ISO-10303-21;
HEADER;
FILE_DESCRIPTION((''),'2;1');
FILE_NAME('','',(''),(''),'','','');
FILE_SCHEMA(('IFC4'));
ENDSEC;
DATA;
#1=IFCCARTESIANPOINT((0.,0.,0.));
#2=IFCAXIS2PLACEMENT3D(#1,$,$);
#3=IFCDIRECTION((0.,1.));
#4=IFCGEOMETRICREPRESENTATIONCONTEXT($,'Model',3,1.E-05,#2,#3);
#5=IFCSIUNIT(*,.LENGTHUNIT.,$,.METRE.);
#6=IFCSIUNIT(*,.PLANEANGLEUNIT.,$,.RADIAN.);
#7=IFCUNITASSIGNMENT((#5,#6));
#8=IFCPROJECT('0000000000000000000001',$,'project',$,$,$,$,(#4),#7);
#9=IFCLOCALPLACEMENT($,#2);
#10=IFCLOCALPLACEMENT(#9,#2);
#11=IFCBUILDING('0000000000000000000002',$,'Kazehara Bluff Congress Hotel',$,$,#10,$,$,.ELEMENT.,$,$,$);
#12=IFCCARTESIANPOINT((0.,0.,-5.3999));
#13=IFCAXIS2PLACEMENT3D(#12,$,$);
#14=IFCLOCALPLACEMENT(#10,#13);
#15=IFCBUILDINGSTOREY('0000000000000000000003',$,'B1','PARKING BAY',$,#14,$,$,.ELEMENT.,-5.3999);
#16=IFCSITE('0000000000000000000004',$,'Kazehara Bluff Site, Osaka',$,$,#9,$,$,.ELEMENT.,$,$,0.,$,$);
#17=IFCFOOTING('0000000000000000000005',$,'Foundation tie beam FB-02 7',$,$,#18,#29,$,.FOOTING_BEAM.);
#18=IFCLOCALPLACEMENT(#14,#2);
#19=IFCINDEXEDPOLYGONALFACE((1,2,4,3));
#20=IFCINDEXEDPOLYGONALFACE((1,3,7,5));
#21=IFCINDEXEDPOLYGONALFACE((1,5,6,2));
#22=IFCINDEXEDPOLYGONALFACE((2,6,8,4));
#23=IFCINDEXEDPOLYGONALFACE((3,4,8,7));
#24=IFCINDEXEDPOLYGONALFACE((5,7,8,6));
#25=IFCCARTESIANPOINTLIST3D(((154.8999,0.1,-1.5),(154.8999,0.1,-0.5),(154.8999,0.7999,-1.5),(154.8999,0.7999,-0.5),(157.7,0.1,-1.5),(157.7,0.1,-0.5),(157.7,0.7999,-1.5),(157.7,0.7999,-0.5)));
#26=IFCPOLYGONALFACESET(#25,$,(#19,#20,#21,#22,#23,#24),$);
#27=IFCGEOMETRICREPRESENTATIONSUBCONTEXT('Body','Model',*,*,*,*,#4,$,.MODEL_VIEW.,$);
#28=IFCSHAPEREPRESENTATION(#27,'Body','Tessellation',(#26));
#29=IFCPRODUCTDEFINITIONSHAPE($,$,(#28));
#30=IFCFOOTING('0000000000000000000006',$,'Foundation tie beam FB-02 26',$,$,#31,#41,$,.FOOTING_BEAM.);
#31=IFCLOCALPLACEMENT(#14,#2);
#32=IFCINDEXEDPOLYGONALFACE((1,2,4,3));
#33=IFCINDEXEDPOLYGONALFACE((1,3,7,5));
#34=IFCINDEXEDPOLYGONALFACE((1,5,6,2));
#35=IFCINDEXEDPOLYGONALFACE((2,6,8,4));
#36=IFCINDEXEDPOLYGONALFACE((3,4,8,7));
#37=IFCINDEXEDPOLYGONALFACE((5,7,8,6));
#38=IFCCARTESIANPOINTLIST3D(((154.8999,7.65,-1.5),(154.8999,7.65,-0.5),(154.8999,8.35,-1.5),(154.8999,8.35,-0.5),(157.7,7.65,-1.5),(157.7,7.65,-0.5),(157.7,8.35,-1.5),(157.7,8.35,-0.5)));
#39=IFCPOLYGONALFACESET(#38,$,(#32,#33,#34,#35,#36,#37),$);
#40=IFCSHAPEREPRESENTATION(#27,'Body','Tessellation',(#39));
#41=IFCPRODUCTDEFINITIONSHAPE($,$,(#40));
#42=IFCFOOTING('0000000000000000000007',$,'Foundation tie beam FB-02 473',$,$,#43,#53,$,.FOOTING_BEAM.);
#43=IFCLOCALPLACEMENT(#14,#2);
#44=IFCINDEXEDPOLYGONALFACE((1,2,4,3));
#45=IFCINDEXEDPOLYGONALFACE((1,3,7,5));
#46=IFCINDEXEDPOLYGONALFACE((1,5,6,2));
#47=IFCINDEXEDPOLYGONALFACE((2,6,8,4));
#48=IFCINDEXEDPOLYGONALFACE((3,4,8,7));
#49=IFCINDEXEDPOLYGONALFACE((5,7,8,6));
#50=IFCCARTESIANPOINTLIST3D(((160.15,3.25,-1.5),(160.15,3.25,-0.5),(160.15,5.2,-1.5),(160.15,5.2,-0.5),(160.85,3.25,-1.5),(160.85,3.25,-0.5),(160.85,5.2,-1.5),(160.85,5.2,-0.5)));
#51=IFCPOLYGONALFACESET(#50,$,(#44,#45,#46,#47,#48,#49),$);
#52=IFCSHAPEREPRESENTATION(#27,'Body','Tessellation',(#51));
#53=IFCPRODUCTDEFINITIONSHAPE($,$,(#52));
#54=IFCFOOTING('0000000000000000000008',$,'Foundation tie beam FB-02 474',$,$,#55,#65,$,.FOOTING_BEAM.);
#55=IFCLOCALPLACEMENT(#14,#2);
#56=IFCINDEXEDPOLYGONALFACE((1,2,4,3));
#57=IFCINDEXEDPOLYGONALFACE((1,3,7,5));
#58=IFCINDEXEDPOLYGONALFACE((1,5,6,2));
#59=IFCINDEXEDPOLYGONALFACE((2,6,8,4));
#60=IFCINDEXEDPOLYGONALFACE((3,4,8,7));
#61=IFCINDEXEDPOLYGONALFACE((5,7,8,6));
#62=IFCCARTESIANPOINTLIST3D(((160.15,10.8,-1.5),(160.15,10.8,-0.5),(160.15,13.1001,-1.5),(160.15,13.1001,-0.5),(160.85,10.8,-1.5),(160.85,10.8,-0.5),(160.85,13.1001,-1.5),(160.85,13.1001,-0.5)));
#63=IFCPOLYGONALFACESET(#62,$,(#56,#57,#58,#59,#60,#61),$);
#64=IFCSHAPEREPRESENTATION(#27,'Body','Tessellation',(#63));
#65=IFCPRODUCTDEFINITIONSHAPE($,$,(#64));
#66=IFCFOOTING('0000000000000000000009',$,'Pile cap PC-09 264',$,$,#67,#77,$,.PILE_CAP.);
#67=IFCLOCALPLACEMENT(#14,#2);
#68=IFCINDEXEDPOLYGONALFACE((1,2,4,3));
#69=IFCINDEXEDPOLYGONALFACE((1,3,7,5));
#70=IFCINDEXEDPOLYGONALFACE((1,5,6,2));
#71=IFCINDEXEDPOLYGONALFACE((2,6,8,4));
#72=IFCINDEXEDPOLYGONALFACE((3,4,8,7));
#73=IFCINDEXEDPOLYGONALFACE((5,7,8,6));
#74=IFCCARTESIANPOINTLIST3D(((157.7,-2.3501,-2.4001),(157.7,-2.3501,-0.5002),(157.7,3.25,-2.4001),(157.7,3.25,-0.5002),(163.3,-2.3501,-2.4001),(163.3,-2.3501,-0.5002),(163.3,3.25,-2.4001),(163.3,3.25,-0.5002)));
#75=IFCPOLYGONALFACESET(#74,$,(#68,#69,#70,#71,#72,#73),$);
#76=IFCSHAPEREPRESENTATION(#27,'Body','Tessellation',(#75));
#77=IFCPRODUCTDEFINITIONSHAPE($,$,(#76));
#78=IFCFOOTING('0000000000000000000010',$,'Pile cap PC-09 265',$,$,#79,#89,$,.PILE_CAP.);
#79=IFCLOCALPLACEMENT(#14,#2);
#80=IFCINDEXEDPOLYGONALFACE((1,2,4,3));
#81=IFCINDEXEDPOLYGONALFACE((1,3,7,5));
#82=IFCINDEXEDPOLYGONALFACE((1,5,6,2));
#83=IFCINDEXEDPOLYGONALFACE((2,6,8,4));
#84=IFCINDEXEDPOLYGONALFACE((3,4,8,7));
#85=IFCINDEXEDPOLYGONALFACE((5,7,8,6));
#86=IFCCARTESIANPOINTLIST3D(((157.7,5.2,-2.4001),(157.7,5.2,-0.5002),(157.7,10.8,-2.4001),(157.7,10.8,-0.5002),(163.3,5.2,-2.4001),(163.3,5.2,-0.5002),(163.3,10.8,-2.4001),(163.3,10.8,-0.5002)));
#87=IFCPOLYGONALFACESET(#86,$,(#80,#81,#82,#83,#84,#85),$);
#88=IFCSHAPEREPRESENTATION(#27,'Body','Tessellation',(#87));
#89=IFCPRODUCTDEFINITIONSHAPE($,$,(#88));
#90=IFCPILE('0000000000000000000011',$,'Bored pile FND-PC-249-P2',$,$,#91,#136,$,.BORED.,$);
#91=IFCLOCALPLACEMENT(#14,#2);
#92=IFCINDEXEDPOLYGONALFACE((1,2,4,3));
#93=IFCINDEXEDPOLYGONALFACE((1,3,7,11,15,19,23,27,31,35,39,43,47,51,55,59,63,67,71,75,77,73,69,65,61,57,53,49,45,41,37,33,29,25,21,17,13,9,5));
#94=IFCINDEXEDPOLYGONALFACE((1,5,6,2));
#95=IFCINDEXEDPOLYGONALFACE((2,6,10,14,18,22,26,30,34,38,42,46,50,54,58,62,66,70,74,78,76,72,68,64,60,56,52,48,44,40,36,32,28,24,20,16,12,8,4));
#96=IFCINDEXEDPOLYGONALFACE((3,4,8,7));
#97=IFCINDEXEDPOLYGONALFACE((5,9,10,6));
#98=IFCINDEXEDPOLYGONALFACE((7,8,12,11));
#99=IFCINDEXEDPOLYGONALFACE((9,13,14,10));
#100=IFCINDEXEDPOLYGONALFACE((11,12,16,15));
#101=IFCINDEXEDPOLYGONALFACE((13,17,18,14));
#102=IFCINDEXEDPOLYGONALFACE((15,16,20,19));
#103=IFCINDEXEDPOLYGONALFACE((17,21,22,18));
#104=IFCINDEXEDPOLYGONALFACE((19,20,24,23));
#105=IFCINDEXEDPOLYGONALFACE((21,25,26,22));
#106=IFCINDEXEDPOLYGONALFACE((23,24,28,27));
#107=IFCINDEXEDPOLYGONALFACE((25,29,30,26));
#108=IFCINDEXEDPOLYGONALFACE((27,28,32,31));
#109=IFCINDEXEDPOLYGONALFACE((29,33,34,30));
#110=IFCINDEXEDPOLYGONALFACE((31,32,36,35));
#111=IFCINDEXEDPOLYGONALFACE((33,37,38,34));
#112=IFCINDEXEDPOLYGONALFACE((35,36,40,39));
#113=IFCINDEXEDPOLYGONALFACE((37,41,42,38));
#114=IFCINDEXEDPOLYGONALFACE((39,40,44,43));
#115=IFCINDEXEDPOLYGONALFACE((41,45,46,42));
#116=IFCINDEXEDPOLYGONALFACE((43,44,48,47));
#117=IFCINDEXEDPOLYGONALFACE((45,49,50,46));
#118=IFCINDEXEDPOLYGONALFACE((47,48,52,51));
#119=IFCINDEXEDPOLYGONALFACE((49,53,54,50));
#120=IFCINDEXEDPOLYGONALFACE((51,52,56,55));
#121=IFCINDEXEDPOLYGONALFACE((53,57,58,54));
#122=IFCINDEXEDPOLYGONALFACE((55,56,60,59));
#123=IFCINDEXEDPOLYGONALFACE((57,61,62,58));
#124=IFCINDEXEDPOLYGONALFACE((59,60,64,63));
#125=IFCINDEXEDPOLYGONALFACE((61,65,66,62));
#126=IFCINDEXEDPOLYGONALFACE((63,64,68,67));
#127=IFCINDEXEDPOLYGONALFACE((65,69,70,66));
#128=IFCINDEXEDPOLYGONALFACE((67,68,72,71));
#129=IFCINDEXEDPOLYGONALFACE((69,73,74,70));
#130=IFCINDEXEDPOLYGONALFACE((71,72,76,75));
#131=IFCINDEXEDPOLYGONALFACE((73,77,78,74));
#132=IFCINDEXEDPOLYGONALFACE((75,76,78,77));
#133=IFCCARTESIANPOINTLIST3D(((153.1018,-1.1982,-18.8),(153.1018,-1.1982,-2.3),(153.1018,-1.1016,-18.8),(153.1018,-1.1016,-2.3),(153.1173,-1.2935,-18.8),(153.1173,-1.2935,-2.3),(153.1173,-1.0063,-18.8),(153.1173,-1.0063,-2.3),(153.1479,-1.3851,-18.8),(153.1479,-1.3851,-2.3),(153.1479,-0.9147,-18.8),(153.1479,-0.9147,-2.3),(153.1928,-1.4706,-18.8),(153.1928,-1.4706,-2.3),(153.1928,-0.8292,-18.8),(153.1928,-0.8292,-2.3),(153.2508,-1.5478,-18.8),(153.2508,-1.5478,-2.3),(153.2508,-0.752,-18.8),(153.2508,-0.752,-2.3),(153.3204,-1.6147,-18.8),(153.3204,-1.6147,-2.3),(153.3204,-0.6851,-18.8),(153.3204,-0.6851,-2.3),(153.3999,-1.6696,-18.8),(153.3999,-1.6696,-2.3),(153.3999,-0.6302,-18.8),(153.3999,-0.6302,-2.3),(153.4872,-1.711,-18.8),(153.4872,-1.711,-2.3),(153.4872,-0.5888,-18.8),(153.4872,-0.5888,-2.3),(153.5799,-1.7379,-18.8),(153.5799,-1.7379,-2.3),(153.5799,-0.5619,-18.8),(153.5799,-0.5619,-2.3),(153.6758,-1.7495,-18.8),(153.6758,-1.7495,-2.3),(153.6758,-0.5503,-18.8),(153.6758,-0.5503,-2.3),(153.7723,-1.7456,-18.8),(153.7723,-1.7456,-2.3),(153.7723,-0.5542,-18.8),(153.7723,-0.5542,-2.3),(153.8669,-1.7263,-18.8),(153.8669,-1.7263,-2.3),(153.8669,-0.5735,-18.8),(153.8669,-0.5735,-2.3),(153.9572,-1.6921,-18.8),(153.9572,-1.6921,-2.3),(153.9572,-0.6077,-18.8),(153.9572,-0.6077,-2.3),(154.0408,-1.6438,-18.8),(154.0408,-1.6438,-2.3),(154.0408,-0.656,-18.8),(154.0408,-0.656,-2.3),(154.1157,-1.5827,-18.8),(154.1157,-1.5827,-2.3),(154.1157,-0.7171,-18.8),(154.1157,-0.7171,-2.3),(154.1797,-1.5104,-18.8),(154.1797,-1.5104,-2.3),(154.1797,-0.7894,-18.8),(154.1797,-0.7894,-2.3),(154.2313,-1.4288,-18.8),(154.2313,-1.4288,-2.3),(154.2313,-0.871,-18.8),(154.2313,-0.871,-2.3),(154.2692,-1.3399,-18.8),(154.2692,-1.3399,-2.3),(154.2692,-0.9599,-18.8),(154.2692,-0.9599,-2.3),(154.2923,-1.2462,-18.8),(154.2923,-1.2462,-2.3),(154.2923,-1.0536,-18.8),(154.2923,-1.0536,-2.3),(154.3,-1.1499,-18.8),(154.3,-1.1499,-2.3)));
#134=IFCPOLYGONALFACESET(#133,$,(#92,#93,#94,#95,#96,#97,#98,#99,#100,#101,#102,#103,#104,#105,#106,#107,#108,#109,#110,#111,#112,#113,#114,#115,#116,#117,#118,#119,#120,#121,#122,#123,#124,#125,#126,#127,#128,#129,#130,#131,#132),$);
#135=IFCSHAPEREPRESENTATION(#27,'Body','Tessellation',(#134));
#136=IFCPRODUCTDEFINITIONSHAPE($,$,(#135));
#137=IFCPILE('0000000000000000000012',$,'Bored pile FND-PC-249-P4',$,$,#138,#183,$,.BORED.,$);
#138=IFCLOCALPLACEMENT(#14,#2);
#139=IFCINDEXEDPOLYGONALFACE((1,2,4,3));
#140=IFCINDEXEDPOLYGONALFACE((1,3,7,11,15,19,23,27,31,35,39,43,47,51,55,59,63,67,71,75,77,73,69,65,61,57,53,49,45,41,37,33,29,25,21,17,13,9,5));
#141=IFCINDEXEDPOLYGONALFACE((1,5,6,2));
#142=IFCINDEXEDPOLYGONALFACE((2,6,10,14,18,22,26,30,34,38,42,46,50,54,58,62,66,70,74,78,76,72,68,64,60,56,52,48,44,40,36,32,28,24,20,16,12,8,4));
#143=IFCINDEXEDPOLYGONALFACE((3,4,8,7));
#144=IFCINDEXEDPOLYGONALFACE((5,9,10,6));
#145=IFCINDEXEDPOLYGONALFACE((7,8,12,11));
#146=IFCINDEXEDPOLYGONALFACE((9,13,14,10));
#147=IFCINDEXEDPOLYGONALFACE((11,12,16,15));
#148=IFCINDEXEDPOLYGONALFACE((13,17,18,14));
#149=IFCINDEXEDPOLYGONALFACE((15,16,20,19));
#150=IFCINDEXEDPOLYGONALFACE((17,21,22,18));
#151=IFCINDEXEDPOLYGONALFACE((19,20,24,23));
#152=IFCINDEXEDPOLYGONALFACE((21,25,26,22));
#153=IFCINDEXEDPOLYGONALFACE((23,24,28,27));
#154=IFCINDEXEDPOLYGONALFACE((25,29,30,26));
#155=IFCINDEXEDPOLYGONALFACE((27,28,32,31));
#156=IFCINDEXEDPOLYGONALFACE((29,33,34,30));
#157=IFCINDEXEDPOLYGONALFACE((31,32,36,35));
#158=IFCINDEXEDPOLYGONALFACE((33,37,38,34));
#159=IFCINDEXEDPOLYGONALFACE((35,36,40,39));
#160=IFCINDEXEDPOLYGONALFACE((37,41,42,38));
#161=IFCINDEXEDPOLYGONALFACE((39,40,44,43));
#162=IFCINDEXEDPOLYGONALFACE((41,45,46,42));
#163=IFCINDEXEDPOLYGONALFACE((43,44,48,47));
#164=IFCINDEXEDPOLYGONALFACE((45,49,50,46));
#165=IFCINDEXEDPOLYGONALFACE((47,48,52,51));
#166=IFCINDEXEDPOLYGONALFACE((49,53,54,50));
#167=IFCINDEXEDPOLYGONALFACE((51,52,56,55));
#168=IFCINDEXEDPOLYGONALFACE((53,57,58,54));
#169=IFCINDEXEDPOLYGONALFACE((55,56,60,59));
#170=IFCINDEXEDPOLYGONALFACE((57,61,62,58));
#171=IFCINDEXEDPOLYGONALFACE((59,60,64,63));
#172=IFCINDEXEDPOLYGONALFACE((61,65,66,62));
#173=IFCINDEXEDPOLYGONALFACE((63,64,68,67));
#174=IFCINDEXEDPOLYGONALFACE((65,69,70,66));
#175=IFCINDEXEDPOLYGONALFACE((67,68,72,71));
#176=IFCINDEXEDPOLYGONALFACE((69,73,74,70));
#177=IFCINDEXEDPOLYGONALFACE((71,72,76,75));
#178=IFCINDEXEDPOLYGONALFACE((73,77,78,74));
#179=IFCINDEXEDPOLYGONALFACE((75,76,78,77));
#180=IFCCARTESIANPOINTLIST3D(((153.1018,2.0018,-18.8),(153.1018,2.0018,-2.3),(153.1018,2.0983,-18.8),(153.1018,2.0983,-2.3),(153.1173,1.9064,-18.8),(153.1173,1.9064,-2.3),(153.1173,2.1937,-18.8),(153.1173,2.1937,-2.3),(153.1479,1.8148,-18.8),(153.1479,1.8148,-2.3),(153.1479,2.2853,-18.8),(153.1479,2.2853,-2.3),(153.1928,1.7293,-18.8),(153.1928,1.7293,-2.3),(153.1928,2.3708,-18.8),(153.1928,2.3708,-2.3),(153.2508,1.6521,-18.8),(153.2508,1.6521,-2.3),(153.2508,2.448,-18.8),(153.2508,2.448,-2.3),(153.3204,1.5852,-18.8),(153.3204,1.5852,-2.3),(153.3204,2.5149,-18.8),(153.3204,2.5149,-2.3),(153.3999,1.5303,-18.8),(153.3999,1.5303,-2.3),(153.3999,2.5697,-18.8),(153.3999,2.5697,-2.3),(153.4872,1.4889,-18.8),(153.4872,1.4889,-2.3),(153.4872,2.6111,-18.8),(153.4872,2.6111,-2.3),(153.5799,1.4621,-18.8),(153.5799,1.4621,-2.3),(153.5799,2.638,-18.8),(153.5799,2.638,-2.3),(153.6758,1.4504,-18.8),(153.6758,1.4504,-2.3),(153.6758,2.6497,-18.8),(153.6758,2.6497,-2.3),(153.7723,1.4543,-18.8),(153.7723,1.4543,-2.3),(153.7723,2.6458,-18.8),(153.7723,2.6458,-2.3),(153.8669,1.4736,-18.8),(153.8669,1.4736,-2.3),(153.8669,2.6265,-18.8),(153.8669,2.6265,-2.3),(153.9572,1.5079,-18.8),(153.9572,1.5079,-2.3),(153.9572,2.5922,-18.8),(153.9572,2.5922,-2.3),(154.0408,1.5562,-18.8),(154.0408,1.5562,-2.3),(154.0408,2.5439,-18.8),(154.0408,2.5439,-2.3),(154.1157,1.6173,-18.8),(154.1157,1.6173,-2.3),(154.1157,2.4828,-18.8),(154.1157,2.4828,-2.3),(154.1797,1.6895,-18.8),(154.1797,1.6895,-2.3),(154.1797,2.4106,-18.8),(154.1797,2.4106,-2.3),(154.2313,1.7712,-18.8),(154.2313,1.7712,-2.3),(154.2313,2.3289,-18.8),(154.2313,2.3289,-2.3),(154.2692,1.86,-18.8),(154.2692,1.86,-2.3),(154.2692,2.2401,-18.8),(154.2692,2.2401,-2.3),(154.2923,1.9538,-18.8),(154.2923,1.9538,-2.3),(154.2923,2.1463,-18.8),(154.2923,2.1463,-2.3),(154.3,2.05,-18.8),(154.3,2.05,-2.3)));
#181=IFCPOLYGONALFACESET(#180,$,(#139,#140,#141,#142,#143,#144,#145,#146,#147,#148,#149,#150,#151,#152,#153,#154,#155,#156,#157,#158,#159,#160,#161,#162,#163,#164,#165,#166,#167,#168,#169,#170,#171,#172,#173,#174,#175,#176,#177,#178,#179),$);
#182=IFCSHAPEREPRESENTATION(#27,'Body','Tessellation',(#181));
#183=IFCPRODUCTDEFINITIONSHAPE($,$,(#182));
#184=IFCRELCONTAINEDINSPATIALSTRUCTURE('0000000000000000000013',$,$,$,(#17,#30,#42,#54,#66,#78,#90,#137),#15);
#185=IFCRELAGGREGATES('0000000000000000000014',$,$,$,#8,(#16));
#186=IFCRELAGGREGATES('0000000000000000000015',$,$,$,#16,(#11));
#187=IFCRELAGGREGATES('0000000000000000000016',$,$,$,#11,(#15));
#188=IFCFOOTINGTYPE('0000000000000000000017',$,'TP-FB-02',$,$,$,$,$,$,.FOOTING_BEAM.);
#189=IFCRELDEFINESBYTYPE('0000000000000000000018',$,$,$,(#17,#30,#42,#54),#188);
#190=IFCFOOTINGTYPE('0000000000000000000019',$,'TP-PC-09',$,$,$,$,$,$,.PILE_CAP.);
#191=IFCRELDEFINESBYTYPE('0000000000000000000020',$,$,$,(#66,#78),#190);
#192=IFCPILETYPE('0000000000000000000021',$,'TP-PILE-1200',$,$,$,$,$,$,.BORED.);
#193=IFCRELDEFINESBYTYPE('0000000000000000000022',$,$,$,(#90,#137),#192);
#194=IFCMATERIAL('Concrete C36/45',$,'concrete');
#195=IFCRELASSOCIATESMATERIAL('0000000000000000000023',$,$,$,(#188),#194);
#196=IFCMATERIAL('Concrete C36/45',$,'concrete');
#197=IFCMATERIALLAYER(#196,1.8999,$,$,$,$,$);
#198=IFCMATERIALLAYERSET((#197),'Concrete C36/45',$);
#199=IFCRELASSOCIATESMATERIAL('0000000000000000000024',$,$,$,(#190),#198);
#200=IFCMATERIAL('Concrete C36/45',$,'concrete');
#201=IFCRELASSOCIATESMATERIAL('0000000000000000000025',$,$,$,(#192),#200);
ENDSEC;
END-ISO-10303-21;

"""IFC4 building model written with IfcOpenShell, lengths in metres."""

from ifc_helpers import new_model, si_unit, direction, frame, origin, origin_2d, place, context, subcontext, project, spatial, rectangle, circle, extrude, material, layer, layer_set, material_profile, profile_set, type_object, element, save


model = new_model("IFC4")

# Units and contexts
model_context = context("Model", 3, precision=1e-05, world=origin(), true_north=direction((0.0, 1.0)))
body_context = subcontext(model_context, "Body", "Model", "MODEL_VIEW")
ifc_project = project(units=[si_unit("LENGTHUNIT", "METRE"), si_unit("PLANEANGLEUNIT", "RADIAN")], contexts=[model_context])

# Site, building, storey
site_placement = place(None, origin())
site = spatial("IfcSite", under=ifc_project, at=site_placement, Name="Kazehara Bluff Site, Osaka", CompositionType="ELEMENT", RefElevation=0.0)
building_placement = place(site_placement, origin())
building = spatial("IfcBuilding", under=site, at=building_placement, Name="Kazehara Bluff Congress Hotel", CompositionType="ELEMENT")
storey_placement = place(building_placement, frame((0.0, 0.0, -5.3999)))
storey = spatial("IfcBuildingStorey", under=building, at=storey_placement, Name="B1", Description="PARKING BAY", CompositionType="ELEMENT", Elevation=-5.3999)

# Footings
ifc_material_1 = material(Name="Concrete C36/45", Category="concrete")
ifc_material_profile_1 = material_profile(ifc_material_1, rectangle(XDim=0.7, YDim=1.0, at=origin_2d()))
ifc_profile_set_1 = profile_set([ifc_material_profile_1], Name="Concrete C36/45")
footing_type_1 = type_object("IfcFootingType", Name="TP-FB-02", PredefinedType="FOOTING_BEAM", material=ifc_profile_set_1)
for number, where, z_axis, x_axis, name in (
    (1, (154.8999, 0.45, -1.0), (1.0, 0.0, 0.0), (0.0, 1.0, 0.0), "Foundation tie beam FB-02 7"),
    (2, (154.8999, 8.0, -1.0), (1.0, 0.0, 0.0), (0.0, 1.0, 0.0), "Foundation tie beam FB-02 26"),
):
    element("IfcFooting", number, at=place(storey_placement, frame(where, z_axis=z_axis, x_axis=x_axis)), inside=storey, type_object=footing_type_1, Name=name, PredefinedType="FOOTING_BEAM", context=body_context, shape_type="SweptSolid", body=[
        extrude(rectangle(XDim=0.7, YDim=1.0, at=origin_2d()), origin(), (0.0, 0.0, 1.0), 2.8),
    ])
footing_1_placement = place(storey_placement, frame((160.5, 3.25, -1.0), z_axis=(0.0, 1.0, 0.0), x_axis=(-1.0, 0.0, 0.0)))
element("IfcFooting", 3, at=footing_1_placement, inside=storey, type_object=footing_type_1, Name="Foundation tie beam FB-02 473", PredefinedType="FOOTING_BEAM", context=body_context, shape_type="SweptSolid", body=[
    extrude(rectangle(XDim=0.7, YDim=1.0, at=origin_2d()), origin(), (0.0, 0.0, 1.0), 1.95),
])
footing_2_placement = place(storey_placement, frame((160.5, 10.8, -1.0), z_axis=(0.0, 1.0, 0.0), x_axis=(-1.0, 0.0, 0.0)))
element("IfcFooting", 4, at=footing_2_placement, inside=storey, type_object=footing_type_1, Name="Foundation tie beam FB-02 474", PredefinedType="FOOTING_BEAM", context=body_context, shape_type="SweptSolid", body=[
    extrude(rectangle(XDim=0.7, YDim=1.0, at=origin_2d()), origin(), (0.0, 0.0, 1.0), 2.3),
])
ifc_material_2 = material(Name="Concrete C36/45", Category="concrete")
ifc_layer = layer(ifc_material_2, 1.8999)
ifc_layer_set = layer_set([ifc_layer], Name="Concrete C36/45")
footing_type_2 = type_object("IfcFootingType", Name="TP-PC-09", PredefinedType="PILE_CAP", material=ifc_layer_set)
for number, where, z_axis, x_axis, name in (
    (5, (160.5, 0.45, -2.4001), (0.0, 0.0, 1.0), (1.0, 0.0, 0.0), "Pile cap PC-09 264"),
    (6, (160.5, 8.0, -2.4001), (0.0, 0.0, 1.0), (1.0, 0.0, 0.0), "Pile cap PC-09 265"),
):
    element("IfcFooting", number, at=place(storey_placement, frame(where, z_axis=z_axis, x_axis=x_axis)), inside=storey, type_object=footing_type_2, Name=name, PredefinedType="PILE_CAP", context=body_context, shape_type="SweptSolid", body=[
        extrude(rectangle(XDim=5.6001, YDim=5.6001, at=origin_2d()), origin(), (0.0, 0.0, 1.0), 1.8999),
    ])

# Piles
ifc_material_3 = material(Name="Concrete C36/45", Category="concrete")
ifc_material_profile_2 = material_profile(ifc_material_3, circle(Radius=0.6001, at=origin_2d()))
ifc_profile_set_2 = profile_set([ifc_material_profile_2], Name="Concrete C36/45")
pile_type_1 = type_object("IfcPileType", Name="TP-PILE-1200", PredefinedType="BORED", material=ifc_profile_set_2)
for number, where, z_axis, x_axis, name in (
    (7, (153.7, -1.1499, -2.3), (0.0, 0.0, -1.0), (1.0, 0.0, 0.0), "Bored pile FND-PC-249-P2"),
    (8, (153.7, 2.05, -2.3), (0.0, 0.0, -1.0), (1.0, 0.0, 0.0), "Bored pile FND-PC-249-P4"),
):
    element("IfcPile", number, at=place(storey_placement, frame(where, z_axis=z_axis, x_axis=x_axis)), inside=storey, type_object=pile_type_1, Name=name, PredefinedType="BORED", context=body_context, shape_type="SweptSolid", body=[
        extrude(circle(Radius=0.6001, at=origin_2d()), origin(), (0.0, 0.0, 1.0), 16.5),
    ])

save(model, "model.ifc")
